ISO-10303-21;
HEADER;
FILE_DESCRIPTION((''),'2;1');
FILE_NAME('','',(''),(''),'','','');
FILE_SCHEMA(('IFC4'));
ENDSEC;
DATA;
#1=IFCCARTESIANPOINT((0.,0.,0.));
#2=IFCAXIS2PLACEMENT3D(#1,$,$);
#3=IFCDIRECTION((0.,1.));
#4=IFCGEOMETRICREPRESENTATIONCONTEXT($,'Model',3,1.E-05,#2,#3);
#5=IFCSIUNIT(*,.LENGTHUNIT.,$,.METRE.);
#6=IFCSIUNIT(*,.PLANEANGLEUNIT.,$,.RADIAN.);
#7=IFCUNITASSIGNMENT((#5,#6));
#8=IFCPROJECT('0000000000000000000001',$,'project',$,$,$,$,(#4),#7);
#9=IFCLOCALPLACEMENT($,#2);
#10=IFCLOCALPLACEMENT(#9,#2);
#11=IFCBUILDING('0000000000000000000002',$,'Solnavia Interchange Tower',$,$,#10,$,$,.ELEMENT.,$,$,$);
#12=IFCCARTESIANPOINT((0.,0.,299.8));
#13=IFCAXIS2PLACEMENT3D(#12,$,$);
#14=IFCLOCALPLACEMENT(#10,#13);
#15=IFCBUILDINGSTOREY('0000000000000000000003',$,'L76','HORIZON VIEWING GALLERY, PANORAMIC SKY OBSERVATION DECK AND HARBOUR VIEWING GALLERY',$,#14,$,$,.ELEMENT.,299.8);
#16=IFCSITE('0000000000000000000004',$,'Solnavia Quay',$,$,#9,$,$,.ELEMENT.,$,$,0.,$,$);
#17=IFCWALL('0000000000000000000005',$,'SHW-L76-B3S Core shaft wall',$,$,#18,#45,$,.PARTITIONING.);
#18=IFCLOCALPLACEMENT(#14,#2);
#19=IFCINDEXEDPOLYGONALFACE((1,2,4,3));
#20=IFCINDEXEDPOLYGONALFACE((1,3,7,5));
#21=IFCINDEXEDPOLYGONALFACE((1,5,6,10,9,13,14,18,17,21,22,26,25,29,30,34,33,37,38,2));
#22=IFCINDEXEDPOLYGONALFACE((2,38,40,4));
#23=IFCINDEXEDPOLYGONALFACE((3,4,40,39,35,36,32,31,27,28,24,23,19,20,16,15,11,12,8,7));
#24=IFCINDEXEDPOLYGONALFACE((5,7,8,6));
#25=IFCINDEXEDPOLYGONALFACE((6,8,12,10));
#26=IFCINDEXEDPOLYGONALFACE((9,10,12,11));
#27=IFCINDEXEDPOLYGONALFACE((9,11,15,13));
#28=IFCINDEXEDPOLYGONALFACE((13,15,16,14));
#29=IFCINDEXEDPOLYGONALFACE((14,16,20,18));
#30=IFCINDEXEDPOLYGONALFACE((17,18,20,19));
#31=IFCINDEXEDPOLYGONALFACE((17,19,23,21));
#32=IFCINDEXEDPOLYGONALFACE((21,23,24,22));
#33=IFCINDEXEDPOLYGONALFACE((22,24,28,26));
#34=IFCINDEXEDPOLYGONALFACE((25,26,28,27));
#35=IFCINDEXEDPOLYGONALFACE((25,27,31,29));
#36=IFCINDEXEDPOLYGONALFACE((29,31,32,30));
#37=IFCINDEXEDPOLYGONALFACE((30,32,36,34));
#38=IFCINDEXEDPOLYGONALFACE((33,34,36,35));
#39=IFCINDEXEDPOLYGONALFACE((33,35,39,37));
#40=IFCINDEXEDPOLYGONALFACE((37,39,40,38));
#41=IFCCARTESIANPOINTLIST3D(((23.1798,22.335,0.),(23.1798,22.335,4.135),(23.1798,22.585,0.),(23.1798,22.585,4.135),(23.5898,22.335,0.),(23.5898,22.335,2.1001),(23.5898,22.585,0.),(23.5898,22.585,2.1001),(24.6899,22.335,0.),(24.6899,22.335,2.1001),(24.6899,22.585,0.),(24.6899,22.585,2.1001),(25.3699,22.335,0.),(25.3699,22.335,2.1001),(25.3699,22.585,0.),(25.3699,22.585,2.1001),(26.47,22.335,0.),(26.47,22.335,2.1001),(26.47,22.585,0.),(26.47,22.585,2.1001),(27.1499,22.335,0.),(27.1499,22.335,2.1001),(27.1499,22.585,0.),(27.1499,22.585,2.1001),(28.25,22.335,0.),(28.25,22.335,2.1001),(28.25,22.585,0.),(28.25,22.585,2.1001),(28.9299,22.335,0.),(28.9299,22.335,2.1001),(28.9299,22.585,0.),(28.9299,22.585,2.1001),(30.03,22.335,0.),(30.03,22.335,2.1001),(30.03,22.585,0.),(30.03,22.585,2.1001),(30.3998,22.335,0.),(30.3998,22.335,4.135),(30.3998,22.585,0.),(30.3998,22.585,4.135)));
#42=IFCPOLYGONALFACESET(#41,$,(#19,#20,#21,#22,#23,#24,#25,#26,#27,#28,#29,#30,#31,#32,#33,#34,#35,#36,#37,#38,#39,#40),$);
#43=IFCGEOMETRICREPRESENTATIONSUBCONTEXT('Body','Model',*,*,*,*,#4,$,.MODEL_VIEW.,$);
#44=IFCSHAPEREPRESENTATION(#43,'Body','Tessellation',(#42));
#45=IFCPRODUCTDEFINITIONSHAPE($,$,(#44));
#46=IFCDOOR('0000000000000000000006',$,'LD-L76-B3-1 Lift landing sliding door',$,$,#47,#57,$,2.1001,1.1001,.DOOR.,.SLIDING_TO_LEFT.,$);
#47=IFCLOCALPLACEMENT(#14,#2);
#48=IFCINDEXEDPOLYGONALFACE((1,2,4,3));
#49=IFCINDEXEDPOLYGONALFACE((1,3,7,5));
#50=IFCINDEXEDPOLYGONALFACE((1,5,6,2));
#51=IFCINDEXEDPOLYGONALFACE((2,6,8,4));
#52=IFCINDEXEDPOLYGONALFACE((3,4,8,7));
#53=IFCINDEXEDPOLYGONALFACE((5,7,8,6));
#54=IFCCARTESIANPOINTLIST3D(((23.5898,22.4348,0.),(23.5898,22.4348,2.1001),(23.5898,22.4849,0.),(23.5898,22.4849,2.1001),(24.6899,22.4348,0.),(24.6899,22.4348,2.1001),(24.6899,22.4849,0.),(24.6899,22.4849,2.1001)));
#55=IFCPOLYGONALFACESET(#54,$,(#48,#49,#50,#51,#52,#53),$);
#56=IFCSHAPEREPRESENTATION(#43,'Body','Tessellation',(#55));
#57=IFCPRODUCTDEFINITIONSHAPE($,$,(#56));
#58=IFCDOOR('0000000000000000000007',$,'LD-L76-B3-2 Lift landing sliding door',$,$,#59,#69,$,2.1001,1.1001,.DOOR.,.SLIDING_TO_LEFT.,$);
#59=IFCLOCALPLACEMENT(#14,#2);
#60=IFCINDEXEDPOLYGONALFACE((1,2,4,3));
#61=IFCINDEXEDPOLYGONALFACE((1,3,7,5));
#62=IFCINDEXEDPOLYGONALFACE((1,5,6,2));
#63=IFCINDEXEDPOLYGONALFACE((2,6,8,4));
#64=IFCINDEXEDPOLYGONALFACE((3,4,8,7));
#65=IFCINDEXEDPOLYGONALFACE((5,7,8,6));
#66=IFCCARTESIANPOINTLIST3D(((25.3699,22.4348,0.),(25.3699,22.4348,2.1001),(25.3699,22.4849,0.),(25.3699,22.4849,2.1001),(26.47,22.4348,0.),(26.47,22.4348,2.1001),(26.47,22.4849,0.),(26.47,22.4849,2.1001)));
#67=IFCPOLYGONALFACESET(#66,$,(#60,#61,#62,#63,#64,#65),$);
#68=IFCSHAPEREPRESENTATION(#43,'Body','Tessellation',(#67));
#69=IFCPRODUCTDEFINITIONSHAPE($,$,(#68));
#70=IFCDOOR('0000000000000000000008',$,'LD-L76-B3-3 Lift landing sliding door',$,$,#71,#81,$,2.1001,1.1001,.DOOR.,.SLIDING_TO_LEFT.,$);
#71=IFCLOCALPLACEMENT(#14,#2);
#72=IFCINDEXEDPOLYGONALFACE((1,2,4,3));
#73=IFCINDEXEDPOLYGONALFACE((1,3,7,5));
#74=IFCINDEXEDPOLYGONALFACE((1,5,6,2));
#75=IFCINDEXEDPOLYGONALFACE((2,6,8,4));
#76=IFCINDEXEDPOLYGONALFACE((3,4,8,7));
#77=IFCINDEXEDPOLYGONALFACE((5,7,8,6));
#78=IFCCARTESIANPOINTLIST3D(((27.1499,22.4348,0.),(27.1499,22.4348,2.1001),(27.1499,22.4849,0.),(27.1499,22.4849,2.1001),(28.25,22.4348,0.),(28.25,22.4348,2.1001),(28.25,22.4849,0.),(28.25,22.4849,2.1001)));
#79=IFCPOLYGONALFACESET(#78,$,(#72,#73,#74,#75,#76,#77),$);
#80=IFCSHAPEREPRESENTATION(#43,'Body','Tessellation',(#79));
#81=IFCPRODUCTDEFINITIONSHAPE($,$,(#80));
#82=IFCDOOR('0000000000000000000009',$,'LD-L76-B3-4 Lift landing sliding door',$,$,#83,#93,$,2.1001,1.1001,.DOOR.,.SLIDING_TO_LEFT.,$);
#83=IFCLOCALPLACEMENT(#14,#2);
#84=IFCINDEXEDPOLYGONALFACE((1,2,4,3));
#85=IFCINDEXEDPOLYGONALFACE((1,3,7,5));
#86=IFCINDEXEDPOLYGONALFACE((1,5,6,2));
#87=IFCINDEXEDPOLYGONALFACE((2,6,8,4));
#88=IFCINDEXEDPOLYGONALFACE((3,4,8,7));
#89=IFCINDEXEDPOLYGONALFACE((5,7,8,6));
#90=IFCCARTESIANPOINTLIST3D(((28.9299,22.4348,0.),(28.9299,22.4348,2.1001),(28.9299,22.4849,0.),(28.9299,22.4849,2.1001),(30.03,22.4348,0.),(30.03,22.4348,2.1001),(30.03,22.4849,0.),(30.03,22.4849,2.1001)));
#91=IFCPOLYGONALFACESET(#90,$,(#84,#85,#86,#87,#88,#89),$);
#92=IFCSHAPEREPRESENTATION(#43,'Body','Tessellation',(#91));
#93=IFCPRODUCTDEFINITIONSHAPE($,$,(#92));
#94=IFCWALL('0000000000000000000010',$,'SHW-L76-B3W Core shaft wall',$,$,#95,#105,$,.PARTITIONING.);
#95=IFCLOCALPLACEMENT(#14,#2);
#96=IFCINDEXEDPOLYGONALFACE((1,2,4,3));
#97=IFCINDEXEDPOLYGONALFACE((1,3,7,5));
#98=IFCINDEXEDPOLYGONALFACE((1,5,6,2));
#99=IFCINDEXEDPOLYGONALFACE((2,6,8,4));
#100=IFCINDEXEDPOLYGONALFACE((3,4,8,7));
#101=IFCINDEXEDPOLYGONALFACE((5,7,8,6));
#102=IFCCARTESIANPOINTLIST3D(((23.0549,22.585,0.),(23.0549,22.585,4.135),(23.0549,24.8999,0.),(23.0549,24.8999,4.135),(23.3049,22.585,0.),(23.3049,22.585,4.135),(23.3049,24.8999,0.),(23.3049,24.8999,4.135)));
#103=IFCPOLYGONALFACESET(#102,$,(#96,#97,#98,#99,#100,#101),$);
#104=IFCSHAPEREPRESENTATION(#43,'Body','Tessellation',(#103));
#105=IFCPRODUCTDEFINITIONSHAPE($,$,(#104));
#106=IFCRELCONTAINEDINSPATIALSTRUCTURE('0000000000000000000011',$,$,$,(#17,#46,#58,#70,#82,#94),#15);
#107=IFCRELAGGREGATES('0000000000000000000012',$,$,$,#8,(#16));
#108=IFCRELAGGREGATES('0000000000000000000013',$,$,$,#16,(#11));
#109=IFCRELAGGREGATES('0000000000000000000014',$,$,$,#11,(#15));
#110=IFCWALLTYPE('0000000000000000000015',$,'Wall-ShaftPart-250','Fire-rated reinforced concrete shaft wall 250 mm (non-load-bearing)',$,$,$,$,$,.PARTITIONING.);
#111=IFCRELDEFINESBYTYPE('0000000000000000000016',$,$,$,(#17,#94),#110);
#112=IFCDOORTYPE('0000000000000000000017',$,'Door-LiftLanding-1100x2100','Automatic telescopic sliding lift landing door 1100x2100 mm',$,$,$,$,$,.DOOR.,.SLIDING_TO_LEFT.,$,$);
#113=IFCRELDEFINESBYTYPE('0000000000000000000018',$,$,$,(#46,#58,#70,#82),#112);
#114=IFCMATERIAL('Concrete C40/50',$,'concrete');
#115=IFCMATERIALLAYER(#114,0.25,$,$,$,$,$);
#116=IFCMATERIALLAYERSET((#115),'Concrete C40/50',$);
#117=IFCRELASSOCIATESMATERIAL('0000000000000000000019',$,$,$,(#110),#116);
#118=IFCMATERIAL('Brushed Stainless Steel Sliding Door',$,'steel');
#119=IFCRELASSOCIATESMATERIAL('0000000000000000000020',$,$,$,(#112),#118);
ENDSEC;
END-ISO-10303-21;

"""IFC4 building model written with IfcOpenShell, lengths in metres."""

from ifc_helpers import new_model, si_unit, direction, frame, frame_2d, origin, place, context, subcontext, project, spatial, rectangle, extrude, material, layer, layer_set, type_object, element, fill, save


model = new_model("IFC4")

# Units and contexts
model_context = context("Model", 3, precision=1e-05, world=origin(), true_north=direction((0.0, 1.0)))
body_context = subcontext(model_context, "Body", "Model", "MODEL_VIEW")
ifc_project = project(units=[si_unit("LENGTHUNIT", "METRE"), si_unit("PLANEANGLEUNIT", "RADIAN")], contexts=[model_context])

# Site, building, storey
site_placement = place(None, origin())
site = spatial("IfcSite", under=ifc_project, at=site_placement, Name="Solnavia Quay", CompositionType="ELEMENT", RefElevation=0.0)
building_placement = place(site_placement, origin())
building = spatial("IfcBuilding", under=site, at=building_placement, Name="Solnavia Interchange Tower", CompositionType="ELEMENT")
storey_placement = place(building_placement, frame((0.0, 0.0, 299.8)))
storey = spatial("IfcBuildingStorey", under=building, at=storey_placement, Name="L76", Description="HORIZON VIEWING GALLERY, PANORAMIC SKY OBSERVATION DECK AND HARBOUR VIEWING GALLERY", CompositionType="ELEMENT", Elevation=299.8)

# Shared definitions
ifc_material_1 = material(Name="Concrete C40/50", Category="concrete")

# Shared definitions
ifc_layer_1 = layer(ifc_material_1, 0.25)
ifc_layer_set_1 = layer_set([ifc_layer_1], Name="Concrete C40/50")
wall_type_1 = type_object("IfcWallType", Name="Wall-ShaftPart-250", Description="Fire-rated reinforced concrete shaft wall 250 mm (non-load-bearing)", PredefinedType="PARTITIONING", material=ifc_layer_set_1)

# Shared definitions
ifc_material_2 = material(Name="Brushed Stainless Steel Sliding Door", Category="steel")
door_type_1 = type_object("IfcDoorType", Name="Door-LiftLanding-1100x2100", Description="Automatic telescopic sliding lift landing door 1100x2100 mm", OperationType="SLIDING_TO_LEFT", PredefinedType="DOOR", material=ifc_material_2)

# Wall, openings, doors
wall_1_placement = place(storey_placement, frame((23.1799, 22.46, 0.0), z_axis=(0.0, 0.0, 1.0), x_axis=(1.0, 0.0, 0.0)))
wall_1 = element("IfcWall", 1, at=wall_1_placement, inside=storey, type_object=wall_type_1, Name="SHW-L76-B3S Core shaft wall", PredefinedType="PARTITIONING", context=body_context, shape_type="SweptSolid", body=[
    extrude(rectangle(XDim=7.22, YDim=0.25, at=frame_2d((3.6099, 0.0))), origin(), (0.0, 0.0, 1.0), 4.135),
])
opening_1_placement = place(wall_1_placement, frame((0.4099, 0.0, 0.0)))
opening_1 = element("IfcOpeningElement", 2, at=opening_1_placement, cuts=wall_1, PredefinedType="OPENING", context=body_context, shape_type="SweptSolid", body=[
    extrude(rectangle(XDim=1.1001, YDim=2.1001, at=frame_2d((0.55, 1.05))), frame((0.0, 0.135, 0.0), z_axis=(0.0, -1.0, 0.0), x_axis=(1.0, 0.0, 0.0)), (0.0, 0.0, 1.0), 0.27),
])
opening_2_placement = place(wall_1_placement, frame((2.1899, 0.0, 0.0)))
opening_2 = element("IfcOpeningElement", 3, at=opening_2_placement, cuts=wall_1, PredefinedType="OPENING", context=body_context, shape_type="SweptSolid", body=[
    extrude(rectangle(XDim=1.1001, YDim=2.1001, at=frame_2d((0.55, 1.05))), frame((0.0, 0.135, 0.0), z_axis=(0.0, -1.0, 0.0), x_axis=(1.0, 0.0, 0.0)), (0.0, 0.0, 1.0), 0.27),
])
opening_3_placement = place(wall_1_placement, frame((3.97, 0.0, 0.0)))
opening_3 = element("IfcOpeningElement", 4, at=opening_3_placement, cuts=wall_1, PredefinedType="OPENING", context=body_context, shape_type="SweptSolid", body=[
    extrude(rectangle(XDim=1.1001, YDim=2.1001, at=frame_2d((0.55, 1.05))), frame((0.0, 0.135, 0.0), z_axis=(0.0, -1.0, 0.0), x_axis=(1.0, 0.0, 0.0)), (0.0, 0.0, 1.0), 0.27),
])
opening_4_placement = place(wall_1_placement, frame((5.75, 0.0, 0.0)))
opening_4 = element("IfcOpeningElement", 5, at=opening_4_placement, cuts=wall_1, PredefinedType="OPENING", context=body_context, shape_type="SweptSolid", body=[
    extrude(rectangle(XDim=1.1001, YDim=2.1001, at=frame_2d((0.55, 1.05))), frame((0.0, 0.135, 0.0), z_axis=(0.0, -1.0, 0.0), x_axis=(1.0, 0.0, 0.0)), (0.0, 0.0, 1.0), 0.27),
])
door_1_placement = place(opening_1_placement, origin())
door_1 = element("IfcDoor", 6, at=door_1_placement, inside=storey, type_object=door_type_1, Name="LD-L76-B3-1 Lift landing sliding door", OperationType="SLIDING_TO_LEFT", OverallHeight=2.1001, OverallWidth=1.1001, PredefinedType="DOOR", context=body_context, shape_type="SweptSolid", body=[
    extrude(rectangle(XDim=1.1001, YDim=2.1001, at=frame_2d((0.55, 1.05))), frame((0.0, 0.0249, 0.0), z_axis=(0.0, -1.0, 0.0), x_axis=(1.0, 0.0, 0.0)), (0.0, 0.0, 1.0), 0.05),
])
fill(opening_1, door_1)
door_2_placement = place(opening_2_placement, origin())
door_2 = element("IfcDoor", 7, at=door_2_placement, inside=storey, type_object=door_type_1, Name="LD-L76-B3-2 Lift landing sliding door", OperationType="SLIDING_TO_LEFT", OverallHeight=2.1001, OverallWidth=1.1001, PredefinedType="DOOR", context=body_context, shape_type="SweptSolid", body=[
    extrude(rectangle(XDim=1.1001, YDim=2.1001, at=frame_2d((0.55, 1.05))), frame((0.0, 0.0249, 0.0), z_axis=(0.0, -1.0, 0.0), x_axis=(1.0, 0.0, 0.0)), (0.0, 0.0, 1.0), 0.05),
])
fill(opening_2, door_2)
door_3_placement = place(opening_3_placement, origin())
door_3 = element("IfcDoor", 8, at=door_3_placement, inside=storey, type_object=door_type_1, Name="LD-L76-B3-3 Lift landing sliding door", OperationType="SLIDING_TO_LEFT", OverallHeight=2.1001, OverallWidth=1.1001, PredefinedType="DOOR", context=body_context, shape_type="SweptSolid", body=[
    extrude(rectangle(XDim=1.1001, YDim=2.1001, at=frame_2d((0.55, 1.05))), frame((0.0, 0.0249, 0.0), z_axis=(0.0, -1.0, 0.0), x_axis=(1.0, 0.0, 0.0)), (0.0, 0.0, 1.0), 0.05),
])
fill(opening_3, door_3)
door_4_placement = place(opening_4_placement, origin())
door_4 = element("IfcDoor", 9, at=door_4_placement, inside=storey, type_object=door_type_1, Name="LD-L76-B3-4 Lift landing sliding door", OperationType="SLIDING_TO_LEFT", OverallHeight=2.1001, OverallWidth=1.1001, PredefinedType="DOOR", context=body_context, shape_type="SweptSolid", body=[
    extrude(rectangle(XDim=1.1001, YDim=2.1001, at=frame_2d((0.55, 1.05))), frame((0.0, 0.0249, 0.0), z_axis=(0.0, -1.0, 0.0), x_axis=(1.0, 0.0, 0.0)), (0.0, 0.0, 1.0), 0.05),
])
fill(opening_4, door_4)

# Wall
wall_2_placement = place(storey_placement, frame((23.1799, 22.585, 0.0), z_axis=(0.0, 0.0, 1.0), x_axis=(0.0, 1.0, 0.0)))
element("IfcWall", 10, at=wall_2_placement, inside=storey, type_object=wall_type_1, Name="SHW-L76-B3W Core shaft wall", PredefinedType="PARTITIONING", context=body_context, shape_type="SweptSolid", body=[
    extrude(rectangle(XDim=2.3149, YDim=0.25, at=frame_2d((1.1575, 0.0))), origin(), (0.0, 0.0, 1.0), 4.135),
])

save(model, "model.ifc")
